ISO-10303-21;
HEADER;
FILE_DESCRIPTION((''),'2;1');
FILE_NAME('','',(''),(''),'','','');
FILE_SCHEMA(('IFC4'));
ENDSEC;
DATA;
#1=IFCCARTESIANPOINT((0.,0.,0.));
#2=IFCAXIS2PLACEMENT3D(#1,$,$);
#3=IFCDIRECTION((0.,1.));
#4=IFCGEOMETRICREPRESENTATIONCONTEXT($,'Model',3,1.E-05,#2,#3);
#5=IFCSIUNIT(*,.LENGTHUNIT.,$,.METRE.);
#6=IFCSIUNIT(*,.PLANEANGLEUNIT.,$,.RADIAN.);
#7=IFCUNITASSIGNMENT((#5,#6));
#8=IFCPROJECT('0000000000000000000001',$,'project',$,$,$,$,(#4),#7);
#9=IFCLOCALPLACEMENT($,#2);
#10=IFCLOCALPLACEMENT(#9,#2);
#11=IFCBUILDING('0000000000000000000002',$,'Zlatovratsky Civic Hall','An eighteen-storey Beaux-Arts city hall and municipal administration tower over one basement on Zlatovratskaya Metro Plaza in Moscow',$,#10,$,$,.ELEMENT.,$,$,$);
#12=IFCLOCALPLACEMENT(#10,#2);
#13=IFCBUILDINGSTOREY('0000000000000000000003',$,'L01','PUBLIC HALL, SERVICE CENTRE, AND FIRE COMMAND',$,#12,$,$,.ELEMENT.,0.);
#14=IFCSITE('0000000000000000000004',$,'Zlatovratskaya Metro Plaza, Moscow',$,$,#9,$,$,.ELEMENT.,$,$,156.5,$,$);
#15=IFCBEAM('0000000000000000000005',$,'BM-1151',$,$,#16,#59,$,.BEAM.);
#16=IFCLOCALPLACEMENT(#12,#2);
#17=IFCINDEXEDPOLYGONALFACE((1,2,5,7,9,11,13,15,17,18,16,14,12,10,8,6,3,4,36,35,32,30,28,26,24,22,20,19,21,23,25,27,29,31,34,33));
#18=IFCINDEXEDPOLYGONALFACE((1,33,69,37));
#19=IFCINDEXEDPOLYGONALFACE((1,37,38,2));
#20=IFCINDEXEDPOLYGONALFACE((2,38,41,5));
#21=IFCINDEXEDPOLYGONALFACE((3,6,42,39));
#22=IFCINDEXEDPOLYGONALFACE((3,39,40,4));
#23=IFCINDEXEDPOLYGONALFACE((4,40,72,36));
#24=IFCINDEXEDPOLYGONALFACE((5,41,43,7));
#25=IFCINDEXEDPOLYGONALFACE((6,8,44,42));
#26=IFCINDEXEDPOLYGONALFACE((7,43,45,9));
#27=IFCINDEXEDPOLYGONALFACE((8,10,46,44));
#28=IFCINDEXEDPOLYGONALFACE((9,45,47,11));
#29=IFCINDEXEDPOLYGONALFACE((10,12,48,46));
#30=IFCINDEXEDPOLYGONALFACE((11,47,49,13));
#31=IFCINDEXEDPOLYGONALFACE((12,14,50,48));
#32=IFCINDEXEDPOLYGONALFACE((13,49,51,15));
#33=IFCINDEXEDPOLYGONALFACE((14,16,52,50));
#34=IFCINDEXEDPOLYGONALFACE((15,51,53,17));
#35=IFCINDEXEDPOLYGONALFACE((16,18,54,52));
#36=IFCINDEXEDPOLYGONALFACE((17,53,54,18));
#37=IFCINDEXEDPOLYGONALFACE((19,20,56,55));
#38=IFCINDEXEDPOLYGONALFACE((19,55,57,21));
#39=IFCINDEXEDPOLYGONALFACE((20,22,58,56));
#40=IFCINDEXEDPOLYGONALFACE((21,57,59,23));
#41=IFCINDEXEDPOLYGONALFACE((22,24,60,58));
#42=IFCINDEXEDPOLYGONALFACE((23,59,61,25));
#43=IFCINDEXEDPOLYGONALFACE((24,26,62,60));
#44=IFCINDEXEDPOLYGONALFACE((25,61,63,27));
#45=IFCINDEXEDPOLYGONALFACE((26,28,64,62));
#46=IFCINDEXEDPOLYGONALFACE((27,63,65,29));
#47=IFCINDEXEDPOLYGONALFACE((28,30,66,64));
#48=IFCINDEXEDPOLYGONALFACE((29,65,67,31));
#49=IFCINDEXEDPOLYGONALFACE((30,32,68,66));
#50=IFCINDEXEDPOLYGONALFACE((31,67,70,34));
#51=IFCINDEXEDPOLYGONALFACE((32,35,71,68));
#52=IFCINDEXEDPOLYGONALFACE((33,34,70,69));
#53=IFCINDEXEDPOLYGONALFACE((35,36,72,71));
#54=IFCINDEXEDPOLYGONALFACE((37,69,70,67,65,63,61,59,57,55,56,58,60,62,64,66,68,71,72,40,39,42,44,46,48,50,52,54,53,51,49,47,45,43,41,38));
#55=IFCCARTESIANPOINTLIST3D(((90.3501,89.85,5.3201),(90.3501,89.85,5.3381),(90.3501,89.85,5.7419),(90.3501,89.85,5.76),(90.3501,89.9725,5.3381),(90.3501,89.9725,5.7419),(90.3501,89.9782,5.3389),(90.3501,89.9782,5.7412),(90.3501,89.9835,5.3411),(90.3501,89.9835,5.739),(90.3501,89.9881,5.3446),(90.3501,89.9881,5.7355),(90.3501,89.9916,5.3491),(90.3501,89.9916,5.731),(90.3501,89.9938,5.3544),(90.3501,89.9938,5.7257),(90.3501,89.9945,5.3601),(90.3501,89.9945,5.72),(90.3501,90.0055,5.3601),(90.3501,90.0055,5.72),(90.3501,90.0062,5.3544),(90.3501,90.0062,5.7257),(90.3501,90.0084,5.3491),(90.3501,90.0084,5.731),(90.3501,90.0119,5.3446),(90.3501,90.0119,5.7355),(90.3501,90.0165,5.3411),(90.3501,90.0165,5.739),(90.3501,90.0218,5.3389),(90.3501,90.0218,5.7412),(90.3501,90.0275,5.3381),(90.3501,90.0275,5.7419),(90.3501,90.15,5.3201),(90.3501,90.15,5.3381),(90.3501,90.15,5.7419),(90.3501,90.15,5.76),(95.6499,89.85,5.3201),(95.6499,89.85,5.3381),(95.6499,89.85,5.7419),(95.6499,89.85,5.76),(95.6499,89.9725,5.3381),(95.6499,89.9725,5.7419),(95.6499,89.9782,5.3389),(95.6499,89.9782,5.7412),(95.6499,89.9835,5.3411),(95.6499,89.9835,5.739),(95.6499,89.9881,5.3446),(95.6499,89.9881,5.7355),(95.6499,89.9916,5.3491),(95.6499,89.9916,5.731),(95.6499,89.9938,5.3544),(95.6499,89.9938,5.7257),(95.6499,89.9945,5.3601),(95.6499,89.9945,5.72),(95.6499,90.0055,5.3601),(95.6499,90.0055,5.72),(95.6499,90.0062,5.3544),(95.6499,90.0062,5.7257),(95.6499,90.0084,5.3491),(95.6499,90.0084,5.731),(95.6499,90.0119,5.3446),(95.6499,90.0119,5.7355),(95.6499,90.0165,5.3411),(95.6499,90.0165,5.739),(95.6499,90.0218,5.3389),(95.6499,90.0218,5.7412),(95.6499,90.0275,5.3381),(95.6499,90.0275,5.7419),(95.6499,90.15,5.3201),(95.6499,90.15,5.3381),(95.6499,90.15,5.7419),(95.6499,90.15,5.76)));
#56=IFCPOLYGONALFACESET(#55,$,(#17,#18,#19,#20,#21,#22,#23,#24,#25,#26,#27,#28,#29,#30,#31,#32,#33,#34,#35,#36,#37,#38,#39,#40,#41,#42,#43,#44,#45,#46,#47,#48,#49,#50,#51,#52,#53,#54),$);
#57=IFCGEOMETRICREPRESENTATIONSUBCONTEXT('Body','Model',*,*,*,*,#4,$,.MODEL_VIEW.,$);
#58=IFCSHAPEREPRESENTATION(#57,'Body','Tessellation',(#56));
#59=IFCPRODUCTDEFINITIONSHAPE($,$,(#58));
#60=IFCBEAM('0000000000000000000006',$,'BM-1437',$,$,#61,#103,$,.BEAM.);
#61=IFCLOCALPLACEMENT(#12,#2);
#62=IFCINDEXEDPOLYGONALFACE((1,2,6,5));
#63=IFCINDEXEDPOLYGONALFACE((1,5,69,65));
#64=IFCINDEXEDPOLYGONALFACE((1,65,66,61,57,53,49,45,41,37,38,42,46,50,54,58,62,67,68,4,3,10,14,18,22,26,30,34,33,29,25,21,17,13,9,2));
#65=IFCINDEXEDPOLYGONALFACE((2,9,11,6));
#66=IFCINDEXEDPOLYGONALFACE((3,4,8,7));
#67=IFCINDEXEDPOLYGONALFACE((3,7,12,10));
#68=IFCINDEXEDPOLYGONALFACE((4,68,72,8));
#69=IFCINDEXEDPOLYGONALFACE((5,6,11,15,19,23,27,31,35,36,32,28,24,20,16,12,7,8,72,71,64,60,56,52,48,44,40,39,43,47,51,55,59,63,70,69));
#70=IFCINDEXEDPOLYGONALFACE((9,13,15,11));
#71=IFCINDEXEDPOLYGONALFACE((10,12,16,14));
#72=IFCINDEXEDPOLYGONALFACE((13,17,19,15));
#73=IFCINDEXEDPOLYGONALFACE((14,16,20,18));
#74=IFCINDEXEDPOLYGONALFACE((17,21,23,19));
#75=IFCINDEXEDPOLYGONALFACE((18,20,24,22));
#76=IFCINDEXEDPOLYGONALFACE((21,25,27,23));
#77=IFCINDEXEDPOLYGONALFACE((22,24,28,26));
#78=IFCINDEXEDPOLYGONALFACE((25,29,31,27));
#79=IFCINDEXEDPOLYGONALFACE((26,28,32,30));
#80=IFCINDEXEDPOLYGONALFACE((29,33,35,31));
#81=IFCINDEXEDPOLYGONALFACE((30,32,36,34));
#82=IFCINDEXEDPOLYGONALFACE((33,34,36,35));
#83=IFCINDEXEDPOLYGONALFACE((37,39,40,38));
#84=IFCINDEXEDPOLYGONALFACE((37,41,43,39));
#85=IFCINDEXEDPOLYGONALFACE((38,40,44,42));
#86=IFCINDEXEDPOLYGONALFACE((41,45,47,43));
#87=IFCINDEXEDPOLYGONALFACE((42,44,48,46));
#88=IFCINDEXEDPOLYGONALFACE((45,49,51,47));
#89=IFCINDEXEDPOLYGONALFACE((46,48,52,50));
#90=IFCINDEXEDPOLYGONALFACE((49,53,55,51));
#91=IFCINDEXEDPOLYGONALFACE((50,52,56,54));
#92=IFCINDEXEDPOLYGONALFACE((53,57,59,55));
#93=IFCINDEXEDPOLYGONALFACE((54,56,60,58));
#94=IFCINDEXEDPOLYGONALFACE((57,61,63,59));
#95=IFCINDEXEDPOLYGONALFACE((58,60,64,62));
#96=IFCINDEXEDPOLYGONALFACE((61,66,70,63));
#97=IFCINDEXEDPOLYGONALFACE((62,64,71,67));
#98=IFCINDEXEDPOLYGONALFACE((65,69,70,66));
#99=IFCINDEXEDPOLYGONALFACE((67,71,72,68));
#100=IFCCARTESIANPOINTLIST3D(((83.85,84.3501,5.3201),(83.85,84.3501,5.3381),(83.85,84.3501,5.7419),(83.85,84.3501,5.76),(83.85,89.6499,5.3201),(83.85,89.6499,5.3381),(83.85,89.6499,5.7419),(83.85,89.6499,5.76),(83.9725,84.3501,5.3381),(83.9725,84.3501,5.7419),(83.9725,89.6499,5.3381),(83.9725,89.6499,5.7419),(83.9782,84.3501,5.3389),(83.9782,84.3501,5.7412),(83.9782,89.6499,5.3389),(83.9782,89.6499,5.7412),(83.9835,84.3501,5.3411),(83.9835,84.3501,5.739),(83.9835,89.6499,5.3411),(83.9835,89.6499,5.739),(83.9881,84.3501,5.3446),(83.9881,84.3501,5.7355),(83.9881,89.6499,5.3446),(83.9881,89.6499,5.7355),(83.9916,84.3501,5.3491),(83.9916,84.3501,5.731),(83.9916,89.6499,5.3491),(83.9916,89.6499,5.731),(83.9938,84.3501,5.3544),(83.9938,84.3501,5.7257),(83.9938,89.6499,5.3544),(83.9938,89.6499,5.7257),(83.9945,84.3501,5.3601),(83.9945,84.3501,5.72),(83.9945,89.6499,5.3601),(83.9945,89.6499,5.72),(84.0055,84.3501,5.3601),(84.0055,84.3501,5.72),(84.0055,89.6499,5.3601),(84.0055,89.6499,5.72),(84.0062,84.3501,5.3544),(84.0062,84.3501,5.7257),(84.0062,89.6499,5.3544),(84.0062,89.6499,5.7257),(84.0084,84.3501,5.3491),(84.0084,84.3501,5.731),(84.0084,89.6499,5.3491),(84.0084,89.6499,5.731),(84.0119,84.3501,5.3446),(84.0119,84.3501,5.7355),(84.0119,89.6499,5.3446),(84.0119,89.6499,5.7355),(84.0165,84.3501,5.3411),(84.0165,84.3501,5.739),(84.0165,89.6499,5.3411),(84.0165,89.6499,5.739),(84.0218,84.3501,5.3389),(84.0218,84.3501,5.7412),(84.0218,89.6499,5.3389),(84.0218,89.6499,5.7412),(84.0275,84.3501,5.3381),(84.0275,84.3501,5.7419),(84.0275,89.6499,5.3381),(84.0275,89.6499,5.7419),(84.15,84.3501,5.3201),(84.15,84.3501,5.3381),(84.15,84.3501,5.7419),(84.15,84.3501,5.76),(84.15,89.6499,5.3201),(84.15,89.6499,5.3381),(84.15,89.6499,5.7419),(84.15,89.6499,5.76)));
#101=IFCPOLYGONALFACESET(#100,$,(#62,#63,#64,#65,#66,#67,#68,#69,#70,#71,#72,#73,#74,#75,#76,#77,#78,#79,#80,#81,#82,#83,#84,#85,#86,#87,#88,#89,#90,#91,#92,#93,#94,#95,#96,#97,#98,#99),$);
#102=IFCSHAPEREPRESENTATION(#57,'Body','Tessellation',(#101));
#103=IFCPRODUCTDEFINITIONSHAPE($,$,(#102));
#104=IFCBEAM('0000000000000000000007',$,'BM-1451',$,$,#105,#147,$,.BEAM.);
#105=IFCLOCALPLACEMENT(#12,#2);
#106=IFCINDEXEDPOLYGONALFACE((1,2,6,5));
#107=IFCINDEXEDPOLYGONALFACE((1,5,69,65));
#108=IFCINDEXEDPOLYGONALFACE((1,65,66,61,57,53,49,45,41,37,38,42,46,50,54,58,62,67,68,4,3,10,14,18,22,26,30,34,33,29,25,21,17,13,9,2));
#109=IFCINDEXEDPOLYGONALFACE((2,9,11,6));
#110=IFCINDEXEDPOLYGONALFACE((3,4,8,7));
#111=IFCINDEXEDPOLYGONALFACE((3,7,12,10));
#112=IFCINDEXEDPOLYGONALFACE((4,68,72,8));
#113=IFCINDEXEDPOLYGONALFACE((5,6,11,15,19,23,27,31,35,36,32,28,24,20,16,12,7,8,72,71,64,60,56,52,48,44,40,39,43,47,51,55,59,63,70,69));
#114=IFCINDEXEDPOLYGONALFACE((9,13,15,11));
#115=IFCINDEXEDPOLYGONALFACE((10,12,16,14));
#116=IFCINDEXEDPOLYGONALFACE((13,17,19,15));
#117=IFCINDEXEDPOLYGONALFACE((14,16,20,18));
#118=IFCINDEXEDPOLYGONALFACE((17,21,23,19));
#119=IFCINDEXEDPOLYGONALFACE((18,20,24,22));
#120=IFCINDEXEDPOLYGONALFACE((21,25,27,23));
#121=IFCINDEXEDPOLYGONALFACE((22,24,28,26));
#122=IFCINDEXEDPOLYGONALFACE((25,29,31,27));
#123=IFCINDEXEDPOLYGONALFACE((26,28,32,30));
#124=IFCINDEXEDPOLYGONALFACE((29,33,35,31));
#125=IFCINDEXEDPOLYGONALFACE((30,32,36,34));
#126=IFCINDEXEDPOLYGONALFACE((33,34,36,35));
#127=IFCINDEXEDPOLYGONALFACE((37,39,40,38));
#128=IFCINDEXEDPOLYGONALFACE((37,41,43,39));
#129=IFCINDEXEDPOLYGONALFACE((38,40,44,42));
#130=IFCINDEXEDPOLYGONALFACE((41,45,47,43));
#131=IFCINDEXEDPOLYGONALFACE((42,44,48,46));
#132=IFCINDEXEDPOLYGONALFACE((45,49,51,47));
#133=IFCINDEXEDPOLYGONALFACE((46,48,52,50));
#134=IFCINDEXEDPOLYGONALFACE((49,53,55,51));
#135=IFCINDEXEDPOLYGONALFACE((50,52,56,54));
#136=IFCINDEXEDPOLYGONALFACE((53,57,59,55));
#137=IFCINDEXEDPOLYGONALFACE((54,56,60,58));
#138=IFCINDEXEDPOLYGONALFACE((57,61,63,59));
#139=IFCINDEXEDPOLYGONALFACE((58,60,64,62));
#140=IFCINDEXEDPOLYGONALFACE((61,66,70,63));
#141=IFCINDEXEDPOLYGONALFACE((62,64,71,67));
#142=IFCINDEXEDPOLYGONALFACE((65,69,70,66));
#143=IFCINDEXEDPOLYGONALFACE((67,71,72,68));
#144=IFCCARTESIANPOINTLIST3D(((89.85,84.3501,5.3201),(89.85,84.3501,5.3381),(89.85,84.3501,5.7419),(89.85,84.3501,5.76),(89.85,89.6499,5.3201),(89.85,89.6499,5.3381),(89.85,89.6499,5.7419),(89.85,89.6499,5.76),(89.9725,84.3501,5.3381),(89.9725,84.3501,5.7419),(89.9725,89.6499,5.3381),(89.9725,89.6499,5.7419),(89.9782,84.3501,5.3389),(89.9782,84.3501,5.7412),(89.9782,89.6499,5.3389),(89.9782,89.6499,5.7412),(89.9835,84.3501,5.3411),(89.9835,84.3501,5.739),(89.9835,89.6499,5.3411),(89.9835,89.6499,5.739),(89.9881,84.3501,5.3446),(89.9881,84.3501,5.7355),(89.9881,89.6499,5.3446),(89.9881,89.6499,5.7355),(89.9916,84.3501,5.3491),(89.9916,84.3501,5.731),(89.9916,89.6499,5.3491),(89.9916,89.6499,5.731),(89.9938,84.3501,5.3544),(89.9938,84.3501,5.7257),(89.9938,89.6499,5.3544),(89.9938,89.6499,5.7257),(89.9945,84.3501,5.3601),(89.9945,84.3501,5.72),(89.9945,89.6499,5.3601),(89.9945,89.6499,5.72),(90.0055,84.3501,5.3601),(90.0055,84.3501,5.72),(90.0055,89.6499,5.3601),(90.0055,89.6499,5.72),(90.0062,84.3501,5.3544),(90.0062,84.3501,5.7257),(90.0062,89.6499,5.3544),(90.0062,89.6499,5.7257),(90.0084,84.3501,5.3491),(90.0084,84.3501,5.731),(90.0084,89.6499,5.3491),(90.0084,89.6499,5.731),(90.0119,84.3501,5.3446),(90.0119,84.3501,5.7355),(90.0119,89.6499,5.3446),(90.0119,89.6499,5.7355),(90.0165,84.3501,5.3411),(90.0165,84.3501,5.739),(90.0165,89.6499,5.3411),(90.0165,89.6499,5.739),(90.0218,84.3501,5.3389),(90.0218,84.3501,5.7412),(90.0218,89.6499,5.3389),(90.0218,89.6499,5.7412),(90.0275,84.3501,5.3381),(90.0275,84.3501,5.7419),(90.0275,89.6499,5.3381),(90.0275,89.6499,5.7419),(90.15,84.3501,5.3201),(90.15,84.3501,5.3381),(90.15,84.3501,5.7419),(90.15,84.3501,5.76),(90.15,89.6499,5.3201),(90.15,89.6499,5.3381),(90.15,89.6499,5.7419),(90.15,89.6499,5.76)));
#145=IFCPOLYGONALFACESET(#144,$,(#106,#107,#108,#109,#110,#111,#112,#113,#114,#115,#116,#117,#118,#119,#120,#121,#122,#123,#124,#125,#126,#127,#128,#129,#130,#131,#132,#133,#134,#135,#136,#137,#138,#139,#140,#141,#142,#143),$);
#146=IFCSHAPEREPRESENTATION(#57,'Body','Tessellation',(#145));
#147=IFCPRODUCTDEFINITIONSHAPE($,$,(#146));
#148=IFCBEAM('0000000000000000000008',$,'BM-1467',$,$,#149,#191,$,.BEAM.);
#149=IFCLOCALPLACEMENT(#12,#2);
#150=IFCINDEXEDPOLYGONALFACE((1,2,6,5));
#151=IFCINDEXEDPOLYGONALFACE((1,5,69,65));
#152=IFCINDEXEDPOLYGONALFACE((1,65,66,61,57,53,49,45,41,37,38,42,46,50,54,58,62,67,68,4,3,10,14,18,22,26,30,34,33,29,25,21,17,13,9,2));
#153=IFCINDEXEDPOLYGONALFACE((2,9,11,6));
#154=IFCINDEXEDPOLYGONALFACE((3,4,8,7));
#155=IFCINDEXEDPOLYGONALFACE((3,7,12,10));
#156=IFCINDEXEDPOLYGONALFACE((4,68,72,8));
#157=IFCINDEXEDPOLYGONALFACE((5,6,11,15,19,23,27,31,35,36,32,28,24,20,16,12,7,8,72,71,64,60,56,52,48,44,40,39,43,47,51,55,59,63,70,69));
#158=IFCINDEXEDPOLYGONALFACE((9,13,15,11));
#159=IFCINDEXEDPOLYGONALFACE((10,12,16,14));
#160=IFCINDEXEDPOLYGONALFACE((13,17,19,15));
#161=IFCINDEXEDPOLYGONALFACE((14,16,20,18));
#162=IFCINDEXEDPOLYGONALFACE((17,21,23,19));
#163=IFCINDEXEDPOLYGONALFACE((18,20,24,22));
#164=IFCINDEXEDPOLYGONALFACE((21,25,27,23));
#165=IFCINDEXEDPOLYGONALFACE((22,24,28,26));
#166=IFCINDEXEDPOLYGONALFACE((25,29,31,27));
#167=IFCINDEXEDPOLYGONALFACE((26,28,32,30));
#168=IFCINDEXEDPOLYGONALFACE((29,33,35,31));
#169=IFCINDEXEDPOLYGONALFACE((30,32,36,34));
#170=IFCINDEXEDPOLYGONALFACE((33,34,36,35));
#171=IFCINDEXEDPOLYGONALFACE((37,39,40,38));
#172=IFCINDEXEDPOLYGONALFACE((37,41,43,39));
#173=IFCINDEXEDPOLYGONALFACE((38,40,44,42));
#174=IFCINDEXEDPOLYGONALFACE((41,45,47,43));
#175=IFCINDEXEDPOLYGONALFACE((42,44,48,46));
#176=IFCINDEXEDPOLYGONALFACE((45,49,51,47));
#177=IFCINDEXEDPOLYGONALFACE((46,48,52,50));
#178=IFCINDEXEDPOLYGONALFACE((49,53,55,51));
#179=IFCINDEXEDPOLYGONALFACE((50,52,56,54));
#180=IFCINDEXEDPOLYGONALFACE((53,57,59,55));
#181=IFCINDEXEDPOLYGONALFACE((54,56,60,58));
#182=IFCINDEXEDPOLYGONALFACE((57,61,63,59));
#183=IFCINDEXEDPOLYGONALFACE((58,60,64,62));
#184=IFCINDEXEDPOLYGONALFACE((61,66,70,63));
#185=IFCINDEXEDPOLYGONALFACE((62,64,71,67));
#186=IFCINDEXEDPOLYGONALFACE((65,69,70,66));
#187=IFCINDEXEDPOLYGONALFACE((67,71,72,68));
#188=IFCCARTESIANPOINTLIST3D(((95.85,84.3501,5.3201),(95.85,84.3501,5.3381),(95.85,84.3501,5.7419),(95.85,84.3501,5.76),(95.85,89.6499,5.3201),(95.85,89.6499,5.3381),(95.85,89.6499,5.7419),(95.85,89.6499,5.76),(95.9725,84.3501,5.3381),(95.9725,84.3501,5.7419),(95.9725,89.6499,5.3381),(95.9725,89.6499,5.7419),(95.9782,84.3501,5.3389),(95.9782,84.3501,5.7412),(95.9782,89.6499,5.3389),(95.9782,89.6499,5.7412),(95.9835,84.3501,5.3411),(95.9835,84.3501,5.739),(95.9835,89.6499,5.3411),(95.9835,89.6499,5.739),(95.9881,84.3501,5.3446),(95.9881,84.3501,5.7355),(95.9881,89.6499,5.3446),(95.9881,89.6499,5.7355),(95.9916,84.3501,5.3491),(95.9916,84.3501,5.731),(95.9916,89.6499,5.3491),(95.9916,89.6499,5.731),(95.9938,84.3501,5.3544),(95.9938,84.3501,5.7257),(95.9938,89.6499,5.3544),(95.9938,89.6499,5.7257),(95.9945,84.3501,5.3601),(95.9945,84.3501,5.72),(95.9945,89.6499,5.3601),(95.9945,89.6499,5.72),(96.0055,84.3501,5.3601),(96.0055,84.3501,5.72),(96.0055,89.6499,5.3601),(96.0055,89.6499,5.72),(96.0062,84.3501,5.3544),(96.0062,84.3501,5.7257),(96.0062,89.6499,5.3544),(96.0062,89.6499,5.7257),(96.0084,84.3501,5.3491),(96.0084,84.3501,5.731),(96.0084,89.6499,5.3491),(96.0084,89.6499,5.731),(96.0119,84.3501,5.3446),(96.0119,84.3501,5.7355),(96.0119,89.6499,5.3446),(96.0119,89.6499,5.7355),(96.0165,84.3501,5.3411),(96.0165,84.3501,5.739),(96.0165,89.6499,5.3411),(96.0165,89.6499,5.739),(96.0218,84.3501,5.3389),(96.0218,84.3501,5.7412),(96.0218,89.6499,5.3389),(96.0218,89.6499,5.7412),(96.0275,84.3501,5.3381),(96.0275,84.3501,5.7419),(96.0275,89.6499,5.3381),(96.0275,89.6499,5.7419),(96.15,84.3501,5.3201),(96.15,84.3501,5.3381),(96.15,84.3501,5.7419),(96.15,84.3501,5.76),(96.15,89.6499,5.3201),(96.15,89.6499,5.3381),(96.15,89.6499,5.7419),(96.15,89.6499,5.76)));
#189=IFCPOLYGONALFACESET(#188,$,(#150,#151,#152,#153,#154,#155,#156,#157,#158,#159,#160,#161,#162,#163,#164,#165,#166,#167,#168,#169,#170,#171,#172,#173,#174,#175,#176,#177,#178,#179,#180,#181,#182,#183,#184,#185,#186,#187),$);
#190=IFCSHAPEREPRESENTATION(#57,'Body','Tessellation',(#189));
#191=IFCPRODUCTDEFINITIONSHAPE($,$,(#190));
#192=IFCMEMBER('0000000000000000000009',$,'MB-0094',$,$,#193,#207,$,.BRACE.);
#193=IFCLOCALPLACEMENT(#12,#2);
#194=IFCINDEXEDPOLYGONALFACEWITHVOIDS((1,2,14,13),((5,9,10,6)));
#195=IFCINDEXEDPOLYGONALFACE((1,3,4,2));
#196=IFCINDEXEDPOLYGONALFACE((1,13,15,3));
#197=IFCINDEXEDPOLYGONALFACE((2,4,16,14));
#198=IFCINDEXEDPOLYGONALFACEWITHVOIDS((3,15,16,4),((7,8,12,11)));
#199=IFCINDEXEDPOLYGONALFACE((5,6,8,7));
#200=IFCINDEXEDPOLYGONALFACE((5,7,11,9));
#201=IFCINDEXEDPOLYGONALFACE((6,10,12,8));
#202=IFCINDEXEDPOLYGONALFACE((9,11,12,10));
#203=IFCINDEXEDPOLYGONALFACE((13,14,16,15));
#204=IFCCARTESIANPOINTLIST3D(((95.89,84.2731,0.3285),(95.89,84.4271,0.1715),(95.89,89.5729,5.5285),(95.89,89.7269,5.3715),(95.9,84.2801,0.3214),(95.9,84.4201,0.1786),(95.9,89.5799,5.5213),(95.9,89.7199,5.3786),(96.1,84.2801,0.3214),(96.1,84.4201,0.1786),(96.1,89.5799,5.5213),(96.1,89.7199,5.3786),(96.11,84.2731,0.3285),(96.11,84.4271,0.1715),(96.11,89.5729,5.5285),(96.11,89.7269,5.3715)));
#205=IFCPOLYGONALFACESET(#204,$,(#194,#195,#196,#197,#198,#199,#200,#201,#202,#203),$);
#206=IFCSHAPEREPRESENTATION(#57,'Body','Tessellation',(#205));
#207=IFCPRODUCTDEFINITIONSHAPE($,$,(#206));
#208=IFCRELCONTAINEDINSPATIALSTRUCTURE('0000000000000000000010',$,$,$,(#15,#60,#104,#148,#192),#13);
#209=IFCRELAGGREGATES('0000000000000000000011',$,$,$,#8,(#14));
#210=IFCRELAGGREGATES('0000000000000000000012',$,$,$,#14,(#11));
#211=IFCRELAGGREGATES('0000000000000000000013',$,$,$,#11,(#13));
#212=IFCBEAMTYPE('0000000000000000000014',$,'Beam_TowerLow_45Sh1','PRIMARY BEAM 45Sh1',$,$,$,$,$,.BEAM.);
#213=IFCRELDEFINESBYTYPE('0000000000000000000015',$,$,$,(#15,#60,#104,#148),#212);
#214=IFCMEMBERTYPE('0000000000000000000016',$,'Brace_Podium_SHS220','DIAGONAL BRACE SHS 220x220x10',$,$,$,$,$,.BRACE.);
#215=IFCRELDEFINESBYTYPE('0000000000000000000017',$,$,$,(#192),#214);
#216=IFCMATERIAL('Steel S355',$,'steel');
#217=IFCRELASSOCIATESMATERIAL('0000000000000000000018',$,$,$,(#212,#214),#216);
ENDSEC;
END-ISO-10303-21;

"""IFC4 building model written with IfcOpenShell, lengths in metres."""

from ifc_helpers import new_model, si_unit, direction, frame, origin, origin_2d, place, context, subcontext, project, spatial, hollow_rectangle, i_section, extrude, material, material_profile, profile_set, type_object, element, save


model = new_model("IFC4")

# Units and contexts
model_context = context("Model", 3, precision=1e-05, world=origin(), true_north=direction((0.0, 1.0)))
body_context = subcontext(model_context, "Body", "Model", "MODEL_VIEW")
ifc_project = project(units=[si_unit("LENGTHUNIT", "METRE"), si_unit("PLANEANGLEUNIT", "RADIAN")], contexts=[model_context])

# Site, building, storey
site_placement = place(None, origin())
site = spatial("IfcSite", under=ifc_project, at=site_placement, Name="Zlatovratskaya Metro Plaza, Moscow", CompositionType="ELEMENT", RefElevation=156.5)
building_placement = place(site_placement, origin())
building = spatial("IfcBuilding", under=site, at=building_placement, Name="Zlatovratsky Civic Hall", Description="An eighteen-storey Beaux-Arts city hall and municipal administration tower over one basement on Zlatovratskaya Metro Plaza in Moscow", CompositionType="ELEMENT")
storey_placement = place(building_placement, origin())
storey = spatial("IfcBuildingStorey", under=building, at=storey_placement, Name="L01", Description="PUBLIC HALL, SERVICE CENTRE, AND FIRE COMMAND", CompositionType="ELEMENT", Elevation=0.0)

# Beams
ifc_material_1 = material(Name="Steel S355", Category="steel")
ifc_material_profile_1 = material_profile(ifc_material_1, i_section(OverallWidth=0.3, OverallDepth=0.4399, WebThickness=0.011, FlangeThickness=0.0181, FilletRadius=0.022, at=origin_2d()), Name="45Sh1")
ifc_profile_set_1 = profile_set([ifc_material_profile_1], Name="Steel S355")
beam_type = type_object("IfcBeamType", Name="Beam_TowerLow_45Sh1", Description="PRIMARY BEAM 45Sh1", PredefinedType="BEAM", material=ifc_profile_set_1)
for number, where, z_axis, x_axis, name in (
    (1, (90.3501, 90.0, 5.54), (1.0, 0.0, 0.0), (0.0, 1.0, 0.0), "BM-1151"),
    (2, (84.0, 84.3501, 5.54), (0.0, 1.0, 0.0), (-1.0, 0.0, 0.0), "BM-1437"),
    (3, (90.0, 84.3501, 5.54), (0.0, 1.0, 0.0), (-1.0, 0.0, 0.0), "BM-1451"),
    (4, (96.0, 84.3501, 5.54), (0.0, 1.0, 0.0), (-1.0, 0.0, 0.0), "BM-1467"),
):
    element("IfcBeam", number, at=place(storey_placement, frame(where, z_axis=z_axis, x_axis=x_axis)), inside=storey, type_object=beam_type, Name=name, PredefinedType="BEAM", context=body_context, shape_type="SweptSolid", body=[
        extrude(i_section(OverallWidth=0.3, OverallDepth=0.4399, WebThickness=0.011, FlangeThickness=0.0181, FilletRadius=0.022, at=origin_2d()), origin(), (0.0, 0.0, 1.0), 5.2998),
    ])

# Member
ifc_material_profile_2 = material_profile(ifc_material_1, hollow_rectangle(XDim=0.22, YDim=0.22, WallThickness=0.01, at=origin_2d()), Name="SHS 220x220x10")
ifc_profile_set_2 = profile_set([ifc_material_profile_2], Name="Steel S355")
member_type = type_object("IfcMemberType", Name="Brace_Podium_SHS220", Description="DIAGONAL BRACE SHS 220x220x10", PredefinedType="BRACE", material=ifc_profile_set_2)
member_placement = place(storey_placement, frame((96.0, 84.3501, 0.25), z_axis=(0.0, 0.713799, 0.70035), x_axis=(-1.0, 0.0, 0.0)))
element("IfcMember", 5, at=member_placement, inside=storey, type_object=member_type, Name="MB-0094", PredefinedType="BRACE", context=body_context, shape_type="SweptSolid", body=[
    extrude(hollow_rectangle(XDim=0.22, YDim=0.22, WallThickness=0.01, at=origin_2d()), origin(), (0.0, 0.0, 1.0), 7.4248),
])

save(model, "model.ifc")
